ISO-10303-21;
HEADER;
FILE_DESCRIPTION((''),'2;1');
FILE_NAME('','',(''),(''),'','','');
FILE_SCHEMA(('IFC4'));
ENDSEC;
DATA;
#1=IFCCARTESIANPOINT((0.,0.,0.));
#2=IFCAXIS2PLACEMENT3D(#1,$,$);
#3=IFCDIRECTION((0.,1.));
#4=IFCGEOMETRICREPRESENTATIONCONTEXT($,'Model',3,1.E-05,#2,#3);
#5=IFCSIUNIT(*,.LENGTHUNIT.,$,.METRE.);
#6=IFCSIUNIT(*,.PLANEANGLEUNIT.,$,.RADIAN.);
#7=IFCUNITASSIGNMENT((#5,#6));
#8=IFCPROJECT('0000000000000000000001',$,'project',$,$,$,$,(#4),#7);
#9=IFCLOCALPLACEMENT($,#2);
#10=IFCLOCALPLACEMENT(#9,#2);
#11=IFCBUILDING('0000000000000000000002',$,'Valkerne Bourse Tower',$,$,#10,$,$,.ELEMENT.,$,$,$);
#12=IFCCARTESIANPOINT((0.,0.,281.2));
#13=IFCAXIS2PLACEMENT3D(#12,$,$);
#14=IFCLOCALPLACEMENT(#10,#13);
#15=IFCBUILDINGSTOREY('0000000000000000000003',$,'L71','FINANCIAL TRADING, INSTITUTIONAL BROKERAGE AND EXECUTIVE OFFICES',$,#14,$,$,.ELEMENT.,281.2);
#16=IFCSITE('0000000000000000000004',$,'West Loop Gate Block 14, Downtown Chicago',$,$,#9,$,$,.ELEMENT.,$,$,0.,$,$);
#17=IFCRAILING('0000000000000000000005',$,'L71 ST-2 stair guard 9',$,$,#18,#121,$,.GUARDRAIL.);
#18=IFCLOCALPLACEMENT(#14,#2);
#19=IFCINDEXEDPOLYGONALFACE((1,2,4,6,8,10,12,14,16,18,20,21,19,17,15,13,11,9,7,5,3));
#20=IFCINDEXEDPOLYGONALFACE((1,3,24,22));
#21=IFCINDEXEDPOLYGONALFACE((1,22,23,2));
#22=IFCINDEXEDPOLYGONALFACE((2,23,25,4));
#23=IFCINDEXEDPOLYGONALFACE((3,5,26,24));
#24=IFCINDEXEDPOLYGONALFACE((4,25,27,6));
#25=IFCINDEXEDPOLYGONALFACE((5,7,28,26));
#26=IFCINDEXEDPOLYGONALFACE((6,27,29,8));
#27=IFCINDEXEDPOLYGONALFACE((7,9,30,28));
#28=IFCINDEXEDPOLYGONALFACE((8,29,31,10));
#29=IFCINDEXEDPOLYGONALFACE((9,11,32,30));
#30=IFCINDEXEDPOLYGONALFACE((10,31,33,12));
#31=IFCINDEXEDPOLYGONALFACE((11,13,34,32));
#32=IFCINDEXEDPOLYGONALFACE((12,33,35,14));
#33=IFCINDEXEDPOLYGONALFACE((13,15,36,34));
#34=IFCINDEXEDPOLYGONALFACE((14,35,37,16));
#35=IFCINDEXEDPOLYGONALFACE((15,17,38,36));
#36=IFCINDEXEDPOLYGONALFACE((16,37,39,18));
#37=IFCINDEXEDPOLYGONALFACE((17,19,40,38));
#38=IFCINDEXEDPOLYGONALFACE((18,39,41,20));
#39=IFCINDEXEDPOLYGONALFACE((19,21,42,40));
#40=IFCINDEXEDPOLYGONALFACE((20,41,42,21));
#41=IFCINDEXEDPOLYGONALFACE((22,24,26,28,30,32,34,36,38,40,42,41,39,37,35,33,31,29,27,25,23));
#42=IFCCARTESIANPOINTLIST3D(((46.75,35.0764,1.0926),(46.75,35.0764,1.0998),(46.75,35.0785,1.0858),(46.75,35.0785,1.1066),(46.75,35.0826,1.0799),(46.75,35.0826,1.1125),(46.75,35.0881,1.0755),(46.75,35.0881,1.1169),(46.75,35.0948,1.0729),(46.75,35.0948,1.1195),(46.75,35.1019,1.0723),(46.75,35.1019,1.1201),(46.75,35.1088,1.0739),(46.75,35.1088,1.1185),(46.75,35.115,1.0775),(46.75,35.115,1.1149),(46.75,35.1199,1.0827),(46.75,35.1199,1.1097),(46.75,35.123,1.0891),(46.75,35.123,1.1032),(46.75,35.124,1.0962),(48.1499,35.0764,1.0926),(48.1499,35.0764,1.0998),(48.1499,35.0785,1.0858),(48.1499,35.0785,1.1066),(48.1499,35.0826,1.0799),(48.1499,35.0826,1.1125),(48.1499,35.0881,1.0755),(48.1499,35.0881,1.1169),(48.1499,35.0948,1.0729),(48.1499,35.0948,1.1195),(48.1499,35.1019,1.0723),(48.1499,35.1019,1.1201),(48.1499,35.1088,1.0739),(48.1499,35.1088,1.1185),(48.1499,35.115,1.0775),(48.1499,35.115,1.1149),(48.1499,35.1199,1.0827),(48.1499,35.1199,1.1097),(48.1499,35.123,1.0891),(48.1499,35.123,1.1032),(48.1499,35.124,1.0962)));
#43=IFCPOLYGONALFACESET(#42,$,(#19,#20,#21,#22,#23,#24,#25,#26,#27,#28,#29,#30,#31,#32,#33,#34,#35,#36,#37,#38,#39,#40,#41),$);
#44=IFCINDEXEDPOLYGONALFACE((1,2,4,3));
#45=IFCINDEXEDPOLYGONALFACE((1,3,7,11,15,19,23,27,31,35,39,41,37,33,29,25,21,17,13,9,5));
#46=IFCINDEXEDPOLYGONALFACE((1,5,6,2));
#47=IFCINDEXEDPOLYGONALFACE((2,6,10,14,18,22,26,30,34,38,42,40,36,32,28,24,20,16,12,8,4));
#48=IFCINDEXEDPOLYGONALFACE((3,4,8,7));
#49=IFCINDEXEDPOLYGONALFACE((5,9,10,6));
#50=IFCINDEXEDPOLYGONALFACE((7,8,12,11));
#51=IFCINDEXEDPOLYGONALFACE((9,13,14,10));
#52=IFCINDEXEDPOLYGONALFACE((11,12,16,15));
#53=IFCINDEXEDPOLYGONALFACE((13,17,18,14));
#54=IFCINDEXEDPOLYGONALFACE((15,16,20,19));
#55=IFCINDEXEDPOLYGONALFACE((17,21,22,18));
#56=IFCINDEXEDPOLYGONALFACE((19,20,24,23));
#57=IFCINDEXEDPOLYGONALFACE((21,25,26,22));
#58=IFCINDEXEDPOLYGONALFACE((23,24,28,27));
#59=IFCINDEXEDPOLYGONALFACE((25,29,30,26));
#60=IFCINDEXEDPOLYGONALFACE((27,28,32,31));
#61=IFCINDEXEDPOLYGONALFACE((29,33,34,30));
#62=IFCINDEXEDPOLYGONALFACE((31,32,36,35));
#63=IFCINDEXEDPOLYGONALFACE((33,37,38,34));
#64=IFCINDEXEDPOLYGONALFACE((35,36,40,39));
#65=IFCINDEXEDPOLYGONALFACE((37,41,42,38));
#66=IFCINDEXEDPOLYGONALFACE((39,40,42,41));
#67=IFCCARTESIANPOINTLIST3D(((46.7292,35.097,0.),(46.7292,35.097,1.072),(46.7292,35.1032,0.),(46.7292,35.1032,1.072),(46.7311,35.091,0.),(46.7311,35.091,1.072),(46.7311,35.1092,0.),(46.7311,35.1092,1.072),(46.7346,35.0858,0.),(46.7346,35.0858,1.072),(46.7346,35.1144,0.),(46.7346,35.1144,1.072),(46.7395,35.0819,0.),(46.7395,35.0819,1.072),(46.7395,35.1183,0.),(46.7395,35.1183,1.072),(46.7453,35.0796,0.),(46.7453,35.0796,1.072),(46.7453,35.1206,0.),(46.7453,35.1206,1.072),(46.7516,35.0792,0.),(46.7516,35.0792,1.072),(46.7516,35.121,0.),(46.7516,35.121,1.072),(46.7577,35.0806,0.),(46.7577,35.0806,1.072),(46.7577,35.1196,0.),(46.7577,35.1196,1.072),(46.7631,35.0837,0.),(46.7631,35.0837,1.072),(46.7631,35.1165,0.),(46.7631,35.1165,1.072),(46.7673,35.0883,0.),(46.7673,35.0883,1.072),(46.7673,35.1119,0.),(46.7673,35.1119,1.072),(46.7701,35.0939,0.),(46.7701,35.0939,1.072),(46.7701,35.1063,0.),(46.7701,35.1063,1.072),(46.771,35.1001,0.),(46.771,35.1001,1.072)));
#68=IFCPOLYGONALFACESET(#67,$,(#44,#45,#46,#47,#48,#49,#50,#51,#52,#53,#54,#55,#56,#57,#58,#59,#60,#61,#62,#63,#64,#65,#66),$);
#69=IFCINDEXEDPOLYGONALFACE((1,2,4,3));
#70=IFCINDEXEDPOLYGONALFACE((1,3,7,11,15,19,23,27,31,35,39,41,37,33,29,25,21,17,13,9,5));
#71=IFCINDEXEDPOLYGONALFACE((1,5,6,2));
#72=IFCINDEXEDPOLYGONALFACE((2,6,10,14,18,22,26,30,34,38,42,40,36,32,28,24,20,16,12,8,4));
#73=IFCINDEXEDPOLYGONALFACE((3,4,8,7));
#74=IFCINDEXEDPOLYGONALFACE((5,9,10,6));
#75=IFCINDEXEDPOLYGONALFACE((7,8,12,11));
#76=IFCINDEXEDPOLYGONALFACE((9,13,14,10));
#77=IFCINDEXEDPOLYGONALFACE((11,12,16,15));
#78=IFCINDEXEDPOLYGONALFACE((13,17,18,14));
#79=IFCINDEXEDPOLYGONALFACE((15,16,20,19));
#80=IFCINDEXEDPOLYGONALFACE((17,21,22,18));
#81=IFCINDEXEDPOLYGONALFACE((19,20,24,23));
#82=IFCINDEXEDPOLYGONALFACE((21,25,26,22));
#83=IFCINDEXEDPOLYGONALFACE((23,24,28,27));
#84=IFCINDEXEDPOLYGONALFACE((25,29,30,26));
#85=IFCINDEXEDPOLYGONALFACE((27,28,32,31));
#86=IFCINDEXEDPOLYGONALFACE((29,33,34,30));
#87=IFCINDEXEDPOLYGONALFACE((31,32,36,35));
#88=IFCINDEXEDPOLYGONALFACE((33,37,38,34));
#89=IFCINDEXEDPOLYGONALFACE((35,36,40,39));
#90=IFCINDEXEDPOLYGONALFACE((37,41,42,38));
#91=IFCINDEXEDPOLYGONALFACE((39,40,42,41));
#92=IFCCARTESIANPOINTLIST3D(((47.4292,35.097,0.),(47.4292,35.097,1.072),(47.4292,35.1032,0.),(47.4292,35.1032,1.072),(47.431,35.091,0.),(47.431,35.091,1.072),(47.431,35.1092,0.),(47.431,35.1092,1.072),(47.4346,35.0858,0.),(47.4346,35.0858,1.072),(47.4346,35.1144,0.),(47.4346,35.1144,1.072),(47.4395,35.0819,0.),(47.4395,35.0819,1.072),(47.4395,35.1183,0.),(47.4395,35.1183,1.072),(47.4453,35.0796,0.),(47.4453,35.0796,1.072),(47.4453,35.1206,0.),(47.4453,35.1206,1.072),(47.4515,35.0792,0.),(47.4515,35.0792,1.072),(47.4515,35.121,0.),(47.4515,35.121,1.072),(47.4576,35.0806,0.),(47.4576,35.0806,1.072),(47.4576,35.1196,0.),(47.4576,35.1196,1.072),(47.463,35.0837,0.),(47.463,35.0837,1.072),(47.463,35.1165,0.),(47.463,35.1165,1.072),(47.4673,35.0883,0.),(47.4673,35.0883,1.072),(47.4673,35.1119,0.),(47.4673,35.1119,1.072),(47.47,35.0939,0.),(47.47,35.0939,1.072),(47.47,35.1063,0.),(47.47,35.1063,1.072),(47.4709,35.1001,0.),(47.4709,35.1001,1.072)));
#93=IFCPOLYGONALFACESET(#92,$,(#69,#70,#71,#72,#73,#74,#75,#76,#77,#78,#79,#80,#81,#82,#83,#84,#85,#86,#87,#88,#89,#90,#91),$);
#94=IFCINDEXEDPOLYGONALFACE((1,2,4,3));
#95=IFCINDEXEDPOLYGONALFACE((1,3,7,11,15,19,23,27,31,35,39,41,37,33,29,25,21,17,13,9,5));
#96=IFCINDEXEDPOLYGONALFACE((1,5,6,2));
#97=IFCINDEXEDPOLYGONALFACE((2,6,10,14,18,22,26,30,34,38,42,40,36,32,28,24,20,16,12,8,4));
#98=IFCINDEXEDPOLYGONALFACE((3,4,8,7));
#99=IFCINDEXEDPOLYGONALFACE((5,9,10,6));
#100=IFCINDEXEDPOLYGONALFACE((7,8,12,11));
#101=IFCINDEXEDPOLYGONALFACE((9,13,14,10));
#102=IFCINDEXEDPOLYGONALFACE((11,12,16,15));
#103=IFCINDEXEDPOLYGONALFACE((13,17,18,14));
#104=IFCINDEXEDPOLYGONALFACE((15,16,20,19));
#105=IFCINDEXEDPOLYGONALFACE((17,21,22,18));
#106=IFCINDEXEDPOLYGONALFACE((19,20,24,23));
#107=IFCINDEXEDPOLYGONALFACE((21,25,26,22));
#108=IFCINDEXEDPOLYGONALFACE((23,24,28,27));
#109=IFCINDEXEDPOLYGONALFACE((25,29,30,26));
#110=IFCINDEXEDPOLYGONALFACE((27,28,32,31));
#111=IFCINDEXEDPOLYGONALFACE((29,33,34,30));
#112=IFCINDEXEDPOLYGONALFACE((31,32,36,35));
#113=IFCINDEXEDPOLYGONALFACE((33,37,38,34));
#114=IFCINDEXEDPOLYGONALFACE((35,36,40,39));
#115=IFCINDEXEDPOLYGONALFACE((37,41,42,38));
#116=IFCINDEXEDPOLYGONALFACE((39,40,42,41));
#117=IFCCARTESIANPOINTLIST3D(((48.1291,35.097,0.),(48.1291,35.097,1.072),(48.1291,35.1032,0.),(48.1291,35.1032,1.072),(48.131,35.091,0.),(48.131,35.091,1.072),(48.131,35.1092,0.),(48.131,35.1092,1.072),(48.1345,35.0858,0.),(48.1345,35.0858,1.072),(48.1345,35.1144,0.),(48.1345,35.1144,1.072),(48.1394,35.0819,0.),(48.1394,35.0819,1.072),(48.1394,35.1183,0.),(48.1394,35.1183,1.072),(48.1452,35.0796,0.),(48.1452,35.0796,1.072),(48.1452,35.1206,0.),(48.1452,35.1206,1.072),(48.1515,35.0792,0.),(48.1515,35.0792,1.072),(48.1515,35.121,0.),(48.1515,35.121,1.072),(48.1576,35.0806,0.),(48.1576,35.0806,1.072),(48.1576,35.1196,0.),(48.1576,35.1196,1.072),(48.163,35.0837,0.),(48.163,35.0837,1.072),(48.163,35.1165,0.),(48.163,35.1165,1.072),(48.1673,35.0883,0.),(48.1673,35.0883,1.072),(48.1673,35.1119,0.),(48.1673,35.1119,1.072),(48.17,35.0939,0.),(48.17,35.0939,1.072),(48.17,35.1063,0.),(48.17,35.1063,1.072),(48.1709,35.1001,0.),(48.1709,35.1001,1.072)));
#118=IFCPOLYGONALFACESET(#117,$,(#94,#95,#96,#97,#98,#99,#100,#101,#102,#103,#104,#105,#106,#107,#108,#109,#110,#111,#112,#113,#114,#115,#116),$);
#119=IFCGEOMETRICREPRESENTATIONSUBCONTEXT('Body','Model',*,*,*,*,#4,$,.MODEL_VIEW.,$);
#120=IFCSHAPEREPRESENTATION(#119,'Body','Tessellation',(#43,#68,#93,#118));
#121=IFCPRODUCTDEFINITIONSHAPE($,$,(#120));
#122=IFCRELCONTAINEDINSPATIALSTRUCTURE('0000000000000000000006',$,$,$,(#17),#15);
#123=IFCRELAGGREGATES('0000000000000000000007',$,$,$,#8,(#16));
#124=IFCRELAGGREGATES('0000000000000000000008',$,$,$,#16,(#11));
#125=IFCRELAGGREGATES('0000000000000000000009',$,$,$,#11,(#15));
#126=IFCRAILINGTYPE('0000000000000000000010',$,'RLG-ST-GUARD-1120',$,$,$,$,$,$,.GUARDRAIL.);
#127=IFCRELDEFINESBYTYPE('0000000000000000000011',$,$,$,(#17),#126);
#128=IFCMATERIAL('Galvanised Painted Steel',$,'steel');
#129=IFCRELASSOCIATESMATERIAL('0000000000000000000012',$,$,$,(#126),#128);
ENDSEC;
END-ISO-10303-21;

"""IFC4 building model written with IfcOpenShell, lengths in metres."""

from ifc_helpers import new_model, si_unit, direction, frame, origin, origin_2d, place, context, subcontext, project, spatial, circle, extrude, material, type_object, element, save


model = new_model("IFC4")

# Units and contexts
model_context = context("Model", 3, precision=1e-05, world=origin(), true_north=direction((0.0, 1.0)))
body_context = subcontext(model_context, "Body", "Model", "MODEL_VIEW")
ifc_project = project(units=[si_unit("LENGTHUNIT", "METRE"), si_unit("PLANEANGLEUNIT", "RADIAN")], contexts=[model_context])

# Site, building, storey
site_placement = place(None, origin())
site = spatial("IfcSite", under=ifc_project, at=site_placement, Name="West Loop Gate Block 14, Downtown Chicago", CompositionType="ELEMENT", RefElevation=0.0)
building_placement = place(site_placement, origin())
building = spatial("IfcBuilding", under=site, at=building_placement, Name="Valkerne Bourse Tower", CompositionType="ELEMENT")
storey_placement = place(building_placement, frame((0.0, 0.0, 281.2)))
storey = spatial("IfcBuildingStorey", under=building, at=storey_placement, Name="L71", Description="FINANCIAL TRADING, INSTITUTIONAL BROKERAGE AND EXECUTIVE OFFICES", CompositionType="ELEMENT", Elevation=281.2)

# Shared definitions
ifc_material_1 = material(Name="Galvanised Painted Steel", Category="steel")

# Railing
railing_type_1 = type_object("IfcRailingType", Name="RLG-ST-GUARD-1120", PredefinedType="GUARDRAIL", material=ifc_material_1)
for number, where, name in (
    (1, (46.75, 35.1001, 0.0), "L71 ST-2 stair guard 9"),
):
    element("IfcRailing", number, at=place(storey_placement, frame(where)), inside=storey, type_object=railing_type_1, Name=name, PredefinedType="GUARDRAIL", context=body_context, shape_type="SweptSolid", body=[
        extrude(circle(Radius=0.0239, at=origin_2d()), frame((0.0, 0.0, 1.0962), z_axis=(1.0, 0.0, 0.0), x_axis=(0.0, 1.0, 0.0)), (0.0, 0.0, 1.0), 1.3999),
        extrude(circle(Radius=0.021, at=origin_2d()), origin(), (0.0, 0.0, 1.0), 1.072),
        extrude(circle(Radius=0.021, at=origin_2d()), frame((0.7, 0.0, 0.0)), (0.0, 0.0, 1.0), 1.072),
        extrude(circle(Radius=0.021, at=origin_2d()), frame((1.3999, 0.0, 0.0)), (0.0, 0.0, 1.0), 1.072),
    ])

save(model, "model.ifc")
